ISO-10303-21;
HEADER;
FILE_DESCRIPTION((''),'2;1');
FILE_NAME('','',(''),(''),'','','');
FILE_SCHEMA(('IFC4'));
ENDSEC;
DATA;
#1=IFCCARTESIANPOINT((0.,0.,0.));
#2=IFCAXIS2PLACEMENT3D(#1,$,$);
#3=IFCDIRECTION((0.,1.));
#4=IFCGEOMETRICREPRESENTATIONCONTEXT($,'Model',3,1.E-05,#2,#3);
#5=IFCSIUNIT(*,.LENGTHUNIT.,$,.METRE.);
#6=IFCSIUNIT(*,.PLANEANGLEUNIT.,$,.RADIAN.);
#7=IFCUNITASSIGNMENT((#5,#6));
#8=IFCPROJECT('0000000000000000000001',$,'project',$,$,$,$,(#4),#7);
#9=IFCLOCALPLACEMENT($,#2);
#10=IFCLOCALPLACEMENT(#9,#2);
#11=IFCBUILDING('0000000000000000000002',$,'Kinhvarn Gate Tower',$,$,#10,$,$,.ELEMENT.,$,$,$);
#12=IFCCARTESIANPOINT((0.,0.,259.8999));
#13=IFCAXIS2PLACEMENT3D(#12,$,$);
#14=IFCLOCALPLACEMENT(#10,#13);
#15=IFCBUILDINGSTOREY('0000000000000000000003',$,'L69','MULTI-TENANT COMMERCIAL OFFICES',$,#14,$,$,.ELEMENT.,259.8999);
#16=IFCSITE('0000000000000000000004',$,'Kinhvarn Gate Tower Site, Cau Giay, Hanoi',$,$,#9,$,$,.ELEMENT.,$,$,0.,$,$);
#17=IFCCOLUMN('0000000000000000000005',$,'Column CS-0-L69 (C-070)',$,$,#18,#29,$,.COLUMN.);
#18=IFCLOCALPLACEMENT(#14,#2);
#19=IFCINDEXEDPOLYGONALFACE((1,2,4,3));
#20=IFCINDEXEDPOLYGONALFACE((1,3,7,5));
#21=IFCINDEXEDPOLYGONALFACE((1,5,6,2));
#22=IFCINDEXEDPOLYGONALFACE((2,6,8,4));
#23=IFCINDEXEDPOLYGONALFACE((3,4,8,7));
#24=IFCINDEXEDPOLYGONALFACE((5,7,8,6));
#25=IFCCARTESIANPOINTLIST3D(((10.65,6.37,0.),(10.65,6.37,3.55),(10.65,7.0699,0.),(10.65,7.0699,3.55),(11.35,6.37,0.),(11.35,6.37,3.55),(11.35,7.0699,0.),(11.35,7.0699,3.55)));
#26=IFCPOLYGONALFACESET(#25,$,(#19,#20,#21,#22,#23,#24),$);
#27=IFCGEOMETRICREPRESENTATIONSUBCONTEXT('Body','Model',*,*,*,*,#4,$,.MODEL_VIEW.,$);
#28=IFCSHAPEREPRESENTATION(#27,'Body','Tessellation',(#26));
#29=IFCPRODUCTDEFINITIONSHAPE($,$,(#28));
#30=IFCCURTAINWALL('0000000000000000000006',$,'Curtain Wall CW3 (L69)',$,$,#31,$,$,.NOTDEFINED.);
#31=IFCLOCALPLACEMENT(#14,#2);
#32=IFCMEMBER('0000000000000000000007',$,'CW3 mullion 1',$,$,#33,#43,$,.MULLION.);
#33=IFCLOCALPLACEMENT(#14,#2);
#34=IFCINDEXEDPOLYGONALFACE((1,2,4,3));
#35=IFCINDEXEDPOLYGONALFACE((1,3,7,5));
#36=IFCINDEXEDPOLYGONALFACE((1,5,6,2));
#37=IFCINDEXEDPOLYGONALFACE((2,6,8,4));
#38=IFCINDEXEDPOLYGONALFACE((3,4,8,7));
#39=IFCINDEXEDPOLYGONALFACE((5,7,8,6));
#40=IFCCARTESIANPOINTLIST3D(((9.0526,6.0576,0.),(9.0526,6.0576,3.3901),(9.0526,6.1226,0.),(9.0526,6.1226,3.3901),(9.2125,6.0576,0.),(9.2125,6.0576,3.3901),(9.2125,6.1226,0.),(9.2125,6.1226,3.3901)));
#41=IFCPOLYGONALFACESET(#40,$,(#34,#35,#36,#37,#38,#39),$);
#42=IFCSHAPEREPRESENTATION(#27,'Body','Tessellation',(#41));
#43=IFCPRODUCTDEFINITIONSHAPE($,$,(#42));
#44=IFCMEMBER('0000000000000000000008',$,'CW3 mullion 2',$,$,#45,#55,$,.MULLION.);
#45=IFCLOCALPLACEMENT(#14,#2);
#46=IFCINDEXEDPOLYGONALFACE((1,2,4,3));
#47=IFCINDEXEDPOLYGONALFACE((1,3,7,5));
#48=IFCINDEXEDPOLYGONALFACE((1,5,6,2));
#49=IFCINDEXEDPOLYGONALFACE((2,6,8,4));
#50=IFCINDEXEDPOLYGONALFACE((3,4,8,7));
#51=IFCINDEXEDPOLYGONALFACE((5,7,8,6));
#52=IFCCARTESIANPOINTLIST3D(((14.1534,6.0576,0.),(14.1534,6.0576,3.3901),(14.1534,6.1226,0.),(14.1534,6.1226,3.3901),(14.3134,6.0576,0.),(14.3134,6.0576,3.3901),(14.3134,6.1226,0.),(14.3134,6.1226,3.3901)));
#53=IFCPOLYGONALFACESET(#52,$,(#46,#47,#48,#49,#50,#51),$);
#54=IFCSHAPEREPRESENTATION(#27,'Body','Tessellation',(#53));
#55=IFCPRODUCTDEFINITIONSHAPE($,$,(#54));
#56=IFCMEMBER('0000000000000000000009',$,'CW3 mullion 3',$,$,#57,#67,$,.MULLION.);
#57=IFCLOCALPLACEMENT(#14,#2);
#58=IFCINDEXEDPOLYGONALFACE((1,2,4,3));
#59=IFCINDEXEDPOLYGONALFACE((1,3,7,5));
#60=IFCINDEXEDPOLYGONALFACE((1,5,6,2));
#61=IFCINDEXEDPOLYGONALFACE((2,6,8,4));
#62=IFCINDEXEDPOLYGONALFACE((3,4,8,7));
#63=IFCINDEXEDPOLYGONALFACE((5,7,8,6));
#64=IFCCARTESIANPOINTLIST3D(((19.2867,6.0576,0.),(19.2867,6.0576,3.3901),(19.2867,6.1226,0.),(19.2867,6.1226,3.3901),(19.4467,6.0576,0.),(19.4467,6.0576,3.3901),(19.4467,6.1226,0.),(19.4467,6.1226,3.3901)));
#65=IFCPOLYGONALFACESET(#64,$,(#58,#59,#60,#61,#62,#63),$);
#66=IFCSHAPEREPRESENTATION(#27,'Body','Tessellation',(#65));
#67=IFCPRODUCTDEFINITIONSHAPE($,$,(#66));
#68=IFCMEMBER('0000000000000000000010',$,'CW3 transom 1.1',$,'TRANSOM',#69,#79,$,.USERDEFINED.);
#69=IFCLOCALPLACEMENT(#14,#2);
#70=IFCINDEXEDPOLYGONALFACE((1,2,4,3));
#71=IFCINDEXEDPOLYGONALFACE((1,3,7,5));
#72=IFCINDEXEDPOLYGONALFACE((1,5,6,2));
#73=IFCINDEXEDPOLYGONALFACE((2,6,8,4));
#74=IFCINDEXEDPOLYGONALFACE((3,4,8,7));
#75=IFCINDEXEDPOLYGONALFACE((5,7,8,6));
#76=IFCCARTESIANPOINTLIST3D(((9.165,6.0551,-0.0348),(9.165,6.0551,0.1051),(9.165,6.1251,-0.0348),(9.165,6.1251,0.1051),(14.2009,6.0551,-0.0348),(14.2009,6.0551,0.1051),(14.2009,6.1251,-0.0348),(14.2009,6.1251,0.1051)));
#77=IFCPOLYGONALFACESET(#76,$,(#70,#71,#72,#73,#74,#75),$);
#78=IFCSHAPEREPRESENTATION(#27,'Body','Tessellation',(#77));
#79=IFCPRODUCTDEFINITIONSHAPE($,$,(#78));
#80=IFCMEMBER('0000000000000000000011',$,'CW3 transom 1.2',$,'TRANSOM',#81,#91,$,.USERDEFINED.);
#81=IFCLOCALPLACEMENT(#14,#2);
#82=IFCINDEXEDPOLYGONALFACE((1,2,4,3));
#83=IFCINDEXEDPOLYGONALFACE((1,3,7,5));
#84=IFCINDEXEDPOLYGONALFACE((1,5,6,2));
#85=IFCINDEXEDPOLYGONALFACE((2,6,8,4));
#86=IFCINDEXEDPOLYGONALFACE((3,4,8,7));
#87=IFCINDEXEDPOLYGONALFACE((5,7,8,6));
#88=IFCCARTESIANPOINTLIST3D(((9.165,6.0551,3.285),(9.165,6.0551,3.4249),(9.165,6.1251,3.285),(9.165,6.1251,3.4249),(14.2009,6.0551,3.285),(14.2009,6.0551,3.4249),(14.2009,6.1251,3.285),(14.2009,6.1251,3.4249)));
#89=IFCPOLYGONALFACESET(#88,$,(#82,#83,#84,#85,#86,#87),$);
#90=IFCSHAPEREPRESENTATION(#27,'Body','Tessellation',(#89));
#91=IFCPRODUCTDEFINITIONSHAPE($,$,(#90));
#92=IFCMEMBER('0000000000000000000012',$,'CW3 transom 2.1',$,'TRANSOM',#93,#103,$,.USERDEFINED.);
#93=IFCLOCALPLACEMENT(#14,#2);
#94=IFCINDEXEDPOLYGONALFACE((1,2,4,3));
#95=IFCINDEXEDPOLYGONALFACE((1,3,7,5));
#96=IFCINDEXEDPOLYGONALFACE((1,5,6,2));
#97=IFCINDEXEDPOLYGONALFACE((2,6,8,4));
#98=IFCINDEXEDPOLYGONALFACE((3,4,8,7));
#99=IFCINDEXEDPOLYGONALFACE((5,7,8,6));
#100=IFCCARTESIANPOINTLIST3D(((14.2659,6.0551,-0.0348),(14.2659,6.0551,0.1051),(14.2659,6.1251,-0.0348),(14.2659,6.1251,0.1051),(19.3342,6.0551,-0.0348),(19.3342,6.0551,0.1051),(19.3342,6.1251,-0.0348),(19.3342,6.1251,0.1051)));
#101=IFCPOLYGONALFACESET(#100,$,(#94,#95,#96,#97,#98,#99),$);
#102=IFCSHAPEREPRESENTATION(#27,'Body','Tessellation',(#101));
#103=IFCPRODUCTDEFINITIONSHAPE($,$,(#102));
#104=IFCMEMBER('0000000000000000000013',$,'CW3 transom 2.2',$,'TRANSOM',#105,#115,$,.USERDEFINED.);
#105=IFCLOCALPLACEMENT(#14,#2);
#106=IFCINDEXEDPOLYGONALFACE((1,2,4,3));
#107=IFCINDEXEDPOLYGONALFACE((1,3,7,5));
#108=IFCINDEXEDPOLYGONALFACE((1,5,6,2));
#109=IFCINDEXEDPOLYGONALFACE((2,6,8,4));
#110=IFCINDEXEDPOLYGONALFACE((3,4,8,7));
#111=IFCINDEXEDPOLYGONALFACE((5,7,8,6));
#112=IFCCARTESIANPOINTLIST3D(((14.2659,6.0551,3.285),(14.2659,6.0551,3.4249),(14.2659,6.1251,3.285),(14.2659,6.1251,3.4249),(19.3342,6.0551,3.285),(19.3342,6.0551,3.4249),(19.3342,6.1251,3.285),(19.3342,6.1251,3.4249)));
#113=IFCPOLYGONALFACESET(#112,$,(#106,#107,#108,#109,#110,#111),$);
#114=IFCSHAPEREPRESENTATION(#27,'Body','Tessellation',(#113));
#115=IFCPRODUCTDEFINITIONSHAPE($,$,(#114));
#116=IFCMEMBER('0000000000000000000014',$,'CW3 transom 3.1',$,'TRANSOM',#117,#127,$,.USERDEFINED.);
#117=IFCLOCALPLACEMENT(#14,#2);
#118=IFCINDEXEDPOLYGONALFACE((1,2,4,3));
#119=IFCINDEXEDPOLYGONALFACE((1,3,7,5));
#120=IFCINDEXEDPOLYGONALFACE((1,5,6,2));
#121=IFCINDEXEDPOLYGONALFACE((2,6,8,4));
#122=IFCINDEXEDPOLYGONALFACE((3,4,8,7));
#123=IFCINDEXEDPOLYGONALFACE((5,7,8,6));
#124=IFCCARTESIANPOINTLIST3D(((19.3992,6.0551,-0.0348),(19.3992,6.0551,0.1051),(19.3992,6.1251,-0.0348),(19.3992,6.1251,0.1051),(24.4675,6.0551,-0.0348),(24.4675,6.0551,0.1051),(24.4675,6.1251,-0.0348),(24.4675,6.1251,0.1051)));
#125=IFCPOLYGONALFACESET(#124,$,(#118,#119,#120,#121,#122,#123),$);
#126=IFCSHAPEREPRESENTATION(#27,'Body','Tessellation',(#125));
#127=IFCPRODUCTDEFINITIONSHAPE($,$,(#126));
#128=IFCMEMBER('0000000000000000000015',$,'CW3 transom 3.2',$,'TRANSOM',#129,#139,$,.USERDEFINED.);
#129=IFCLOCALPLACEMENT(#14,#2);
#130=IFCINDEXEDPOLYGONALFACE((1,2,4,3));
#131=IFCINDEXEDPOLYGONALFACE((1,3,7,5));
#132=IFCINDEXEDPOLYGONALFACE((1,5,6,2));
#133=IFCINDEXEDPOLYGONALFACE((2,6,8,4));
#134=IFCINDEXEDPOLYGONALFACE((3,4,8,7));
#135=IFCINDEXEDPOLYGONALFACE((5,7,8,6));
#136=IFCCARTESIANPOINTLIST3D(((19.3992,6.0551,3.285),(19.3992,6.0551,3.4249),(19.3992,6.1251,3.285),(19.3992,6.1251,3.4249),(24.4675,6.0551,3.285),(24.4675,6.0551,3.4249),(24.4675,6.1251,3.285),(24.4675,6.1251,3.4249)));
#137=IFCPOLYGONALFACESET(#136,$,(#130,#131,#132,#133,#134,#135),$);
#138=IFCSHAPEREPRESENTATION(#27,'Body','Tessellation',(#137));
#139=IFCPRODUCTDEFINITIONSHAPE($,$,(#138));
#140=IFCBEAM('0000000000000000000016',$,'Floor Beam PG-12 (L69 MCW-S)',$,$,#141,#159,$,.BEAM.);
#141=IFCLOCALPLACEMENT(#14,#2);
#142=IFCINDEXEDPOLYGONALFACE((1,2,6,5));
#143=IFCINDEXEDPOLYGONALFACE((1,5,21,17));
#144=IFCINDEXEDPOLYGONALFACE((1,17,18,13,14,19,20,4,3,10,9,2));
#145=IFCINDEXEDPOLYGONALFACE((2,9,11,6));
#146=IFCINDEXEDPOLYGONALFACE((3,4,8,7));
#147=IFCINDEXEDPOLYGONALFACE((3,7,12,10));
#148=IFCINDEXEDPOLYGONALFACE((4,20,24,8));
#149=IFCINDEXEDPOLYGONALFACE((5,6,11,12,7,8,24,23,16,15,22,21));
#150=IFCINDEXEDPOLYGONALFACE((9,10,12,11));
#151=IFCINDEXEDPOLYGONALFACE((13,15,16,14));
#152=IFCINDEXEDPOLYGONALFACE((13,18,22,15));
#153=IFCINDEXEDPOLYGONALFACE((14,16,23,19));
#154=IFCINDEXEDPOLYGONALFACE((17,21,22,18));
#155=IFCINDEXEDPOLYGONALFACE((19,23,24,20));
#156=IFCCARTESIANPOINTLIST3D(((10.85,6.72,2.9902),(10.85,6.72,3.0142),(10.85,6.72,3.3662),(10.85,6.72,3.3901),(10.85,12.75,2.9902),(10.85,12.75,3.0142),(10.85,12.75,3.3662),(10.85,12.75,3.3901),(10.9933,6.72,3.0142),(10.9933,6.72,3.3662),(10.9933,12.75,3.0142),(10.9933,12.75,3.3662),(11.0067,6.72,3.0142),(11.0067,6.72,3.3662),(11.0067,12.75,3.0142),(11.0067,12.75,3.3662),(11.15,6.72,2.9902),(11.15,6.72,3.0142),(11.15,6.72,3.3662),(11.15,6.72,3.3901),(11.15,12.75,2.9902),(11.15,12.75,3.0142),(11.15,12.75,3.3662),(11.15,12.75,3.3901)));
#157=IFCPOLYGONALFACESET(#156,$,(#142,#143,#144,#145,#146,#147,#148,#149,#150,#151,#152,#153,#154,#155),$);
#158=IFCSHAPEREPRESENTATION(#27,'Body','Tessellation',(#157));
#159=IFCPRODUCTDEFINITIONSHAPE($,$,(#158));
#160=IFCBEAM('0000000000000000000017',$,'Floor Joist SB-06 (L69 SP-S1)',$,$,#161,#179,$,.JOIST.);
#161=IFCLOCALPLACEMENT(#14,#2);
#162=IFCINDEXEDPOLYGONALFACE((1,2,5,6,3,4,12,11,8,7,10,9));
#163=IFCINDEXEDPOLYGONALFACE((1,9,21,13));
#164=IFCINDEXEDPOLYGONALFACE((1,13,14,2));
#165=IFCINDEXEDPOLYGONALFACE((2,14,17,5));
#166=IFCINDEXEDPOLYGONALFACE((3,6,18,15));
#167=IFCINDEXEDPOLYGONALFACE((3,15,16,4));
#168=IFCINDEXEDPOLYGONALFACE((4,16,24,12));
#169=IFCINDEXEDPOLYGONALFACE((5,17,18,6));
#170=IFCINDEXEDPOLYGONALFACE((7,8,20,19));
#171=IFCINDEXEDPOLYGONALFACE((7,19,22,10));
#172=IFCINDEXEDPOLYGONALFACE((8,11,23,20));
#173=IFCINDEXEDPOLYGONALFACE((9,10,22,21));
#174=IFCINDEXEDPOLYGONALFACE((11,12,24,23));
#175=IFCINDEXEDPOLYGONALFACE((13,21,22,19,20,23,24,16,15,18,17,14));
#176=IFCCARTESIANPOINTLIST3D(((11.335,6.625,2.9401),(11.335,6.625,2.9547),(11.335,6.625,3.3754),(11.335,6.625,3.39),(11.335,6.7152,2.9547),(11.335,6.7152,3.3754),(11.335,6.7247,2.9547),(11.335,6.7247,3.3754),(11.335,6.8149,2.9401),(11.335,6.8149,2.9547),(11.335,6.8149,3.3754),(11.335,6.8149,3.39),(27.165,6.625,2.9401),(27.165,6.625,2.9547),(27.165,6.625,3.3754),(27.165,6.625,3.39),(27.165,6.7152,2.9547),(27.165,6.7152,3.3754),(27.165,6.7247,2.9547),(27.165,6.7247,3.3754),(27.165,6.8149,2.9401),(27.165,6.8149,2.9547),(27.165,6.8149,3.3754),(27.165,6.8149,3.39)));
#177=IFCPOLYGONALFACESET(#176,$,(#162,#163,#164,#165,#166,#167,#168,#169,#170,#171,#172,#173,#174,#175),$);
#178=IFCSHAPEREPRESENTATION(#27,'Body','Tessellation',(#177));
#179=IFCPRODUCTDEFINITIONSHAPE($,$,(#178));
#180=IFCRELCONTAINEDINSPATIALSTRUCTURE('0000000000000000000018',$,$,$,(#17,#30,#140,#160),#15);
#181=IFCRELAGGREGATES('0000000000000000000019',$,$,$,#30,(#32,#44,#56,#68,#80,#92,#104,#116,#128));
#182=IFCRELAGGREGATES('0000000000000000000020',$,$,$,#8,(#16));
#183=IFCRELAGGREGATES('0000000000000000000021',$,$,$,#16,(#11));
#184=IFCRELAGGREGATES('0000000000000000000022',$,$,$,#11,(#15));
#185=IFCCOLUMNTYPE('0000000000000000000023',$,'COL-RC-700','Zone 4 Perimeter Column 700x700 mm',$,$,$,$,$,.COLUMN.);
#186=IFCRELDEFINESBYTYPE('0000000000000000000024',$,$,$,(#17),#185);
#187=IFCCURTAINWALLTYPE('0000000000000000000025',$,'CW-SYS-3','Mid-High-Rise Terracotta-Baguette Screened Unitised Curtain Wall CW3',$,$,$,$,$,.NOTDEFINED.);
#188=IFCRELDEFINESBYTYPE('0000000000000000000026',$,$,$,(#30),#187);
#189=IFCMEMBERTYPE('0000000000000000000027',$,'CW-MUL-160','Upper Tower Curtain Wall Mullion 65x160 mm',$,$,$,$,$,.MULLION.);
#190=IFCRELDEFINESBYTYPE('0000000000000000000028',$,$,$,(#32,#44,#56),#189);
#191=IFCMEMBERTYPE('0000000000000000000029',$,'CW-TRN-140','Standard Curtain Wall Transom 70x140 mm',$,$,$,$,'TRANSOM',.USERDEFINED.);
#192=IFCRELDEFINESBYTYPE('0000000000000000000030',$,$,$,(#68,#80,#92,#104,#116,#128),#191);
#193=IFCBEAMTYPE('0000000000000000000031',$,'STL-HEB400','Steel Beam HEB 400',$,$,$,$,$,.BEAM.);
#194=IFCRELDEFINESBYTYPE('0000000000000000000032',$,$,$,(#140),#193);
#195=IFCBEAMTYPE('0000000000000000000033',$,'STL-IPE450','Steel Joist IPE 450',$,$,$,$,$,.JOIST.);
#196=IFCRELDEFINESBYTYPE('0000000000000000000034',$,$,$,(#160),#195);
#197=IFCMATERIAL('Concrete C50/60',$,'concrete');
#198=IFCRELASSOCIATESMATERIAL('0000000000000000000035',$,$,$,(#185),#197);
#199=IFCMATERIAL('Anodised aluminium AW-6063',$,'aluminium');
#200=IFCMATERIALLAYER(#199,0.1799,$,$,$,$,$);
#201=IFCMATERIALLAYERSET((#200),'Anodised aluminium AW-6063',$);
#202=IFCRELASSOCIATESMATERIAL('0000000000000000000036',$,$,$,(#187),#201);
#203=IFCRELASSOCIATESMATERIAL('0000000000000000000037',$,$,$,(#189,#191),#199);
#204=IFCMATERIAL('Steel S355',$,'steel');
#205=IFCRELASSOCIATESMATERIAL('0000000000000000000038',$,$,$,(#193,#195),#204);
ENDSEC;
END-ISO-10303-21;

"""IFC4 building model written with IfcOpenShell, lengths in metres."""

from ifc_helpers import new_model, si_unit, direction, frame, origin, origin_2d, place, context, subcontext, project, spatial, rectangle, i_section, extrude, material, layer, layer_set, material_profile, profile_set, type_object, element, aggregate, save


model = new_model("IFC4")

# Units and contexts
model_context = context("Model", 3, precision=1e-05, world=origin(), true_north=direction((0.0, 1.0)))
body_context = subcontext(model_context, "Body", "Model", "MODEL_VIEW")
ifc_project = project(units=[si_unit("LENGTHUNIT", "METRE"), si_unit("PLANEANGLEUNIT", "RADIAN")], contexts=[model_context])

# Site, building, storey
site_placement = place(None, origin())
site = spatial("IfcSite", under=ifc_project, at=site_placement, Name="Kinhvarn Gate Tower Site, Cau Giay, Hanoi", CompositionType="ELEMENT", RefElevation=0.0)
building_placement = place(site_placement, origin())
building = spatial("IfcBuilding", under=site, at=building_placement, Name="Kinhvarn Gate Tower", CompositionType="ELEMENT")
storey_placement = place(building_placement, frame((0.0, 0.0, 259.8999)))
storey = spatial("IfcBuildingStorey", under=building, at=storey_placement, Name="L69", Description="MULTI-TENANT COMMERCIAL OFFICES", CompositionType="ELEMENT", Elevation=259.8999)

# Column
ifc_material_1 = material(Name="Concrete C50/60", Category="concrete")
ifc_material_profile_1 = material_profile(ifc_material_1, rectangle(XDim=0.7, YDim=0.7, at=origin_2d()), Name="RC 700x700")
ifc_profile_set_1 = profile_set([ifc_material_profile_1], Name="Concrete C50/60")
column_type = type_object("IfcColumnType", Name="COL-RC-700", Description="Zone 4 Perimeter Column 700x700 mm", PredefinedType="COLUMN", material=ifc_profile_set_1)
column_placement = place(storey_placement, frame((11.0, 6.72, 0.0), z_axis=(0.0, 0.0, 1.0), x_axis=(1.0, 0.0, 0.0)))
element("IfcColumn", 1, at=column_placement, inside=storey, type_object=column_type, Name="Column CS-0-L69 (C-070)", PredefinedType="COLUMN", context=body_context, shape_type="SweptSolid", body=[
    extrude(rectangle(XDim=0.7, YDim=0.7, at=origin_2d()), origin(), (0.0, 0.0, 1.0), 3.55),
])

# Curtain wall, members
ifc_material_2 = material(Name="Anodised aluminium AW-6063", Category="aluminium")
ifc_layer_1 = layer(ifc_material_2, 0.1799)
ifc_layer_set_1 = layer_set([ifc_layer_1], Name="Anodised aluminium AW-6063")
curtain_wall_type = type_object("IfcCurtainWallType", Name="CW-SYS-3", Description="Mid-High-Rise Terracotta-Baguette Screened Unitised Curtain Wall CW3", PredefinedType="NOTDEFINED", material=ifc_layer_set_1)
curtain_wall_placement = place(storey_placement, origin())
curtain_wall = element("IfcCurtainWall", 2, at=curtain_wall_placement, inside=storey, type_object=curtain_wall_type, Name="Curtain Wall CW3 (L69)", PredefinedType="NOTDEFINED")
ifc_material_profile_2 = material_profile(ifc_material_2, rectangle(XDim=0.0649, YDim=0.1599, at=origin_2d()), Name="ALU 65x160")
ifc_profile_set_2 = profile_set([ifc_material_profile_2], Name="Anodised aluminium AW-6063")
member_type_1 = type_object("IfcMemberType", Name="CW-MUL-160", Description="Upper Tower Curtain Wall Mullion 65x160 mm", PredefinedType="MULLION", material=ifc_profile_set_2)
member_1_placement = place(storey_placement, frame((9.1326, 6.0901, 0.0), z_axis=(0.0, 0.0, 1.0), x_axis=(0.0, 1.0, 0.0)))
member_1 = element("IfcMember", 3, at=member_1_placement, type_object=member_type_1, Name="CW3 mullion 1", PredefinedType="MULLION", context=body_context, shape_type="SweptSolid", body=[
    extrude(rectangle(XDim=0.0649, YDim=0.1599, at=origin_2d()), origin(), (0.0, 0.0, 1.0), 3.3901),
])
member_2_placement = place(storey_placement, frame((14.2334, 6.0901, 0.0), z_axis=(0.0, 0.0, 1.0), x_axis=(0.0, 1.0, 0.0)))
member_2 = element("IfcMember", 4, at=member_2_placement, type_object=member_type_1, Name="CW3 mullion 2", PredefinedType="MULLION", context=body_context, shape_type="SweptSolid", body=[
    extrude(rectangle(XDim=0.0649, YDim=0.1599, at=origin_2d()), origin(), (0.0, 0.0, 1.0), 3.3901),
])
member_3_placement = place(storey_placement, frame((19.3667, 6.0901, 0.0), z_axis=(0.0, 0.0, 1.0), x_axis=(0.0, 1.0, 0.0)))
member_3 = element("IfcMember", 5, at=member_3_placement, type_object=member_type_1, Name="CW3 mullion 3", PredefinedType="MULLION", context=body_context, shape_type="SweptSolid", body=[
    extrude(rectangle(XDim=0.0649, YDim=0.1599, at=origin_2d()), origin(), (0.0, 0.0, 1.0), 3.3901),
])
ifc_material_profile_3 = material_profile(ifc_material_2, rectangle(XDim=0.0701, YDim=0.1399, at=origin_2d()), Name="ALU 70x140")
ifc_profile_set_3 = profile_set([ifc_material_profile_3], Name="Anodised aluminium AW-6063")
member_type_2 = type_object("IfcMemberType", Name="CW-TRN-140", Description="Standard Curtain Wall Transom 70x140 mm", ElementType="TRANSOM", PredefinedType="USERDEFINED", material=ifc_profile_set_3)
member_4_placement = place(storey_placement, frame((9.165, 6.0901, 0.0352), z_axis=(1.0, 0.0, 0.0), x_axis=(0.0, 1.0, 0.0)))
member_4 = element("IfcMember", 6, at=member_4_placement, type_object=member_type_2, Name="CW3 transom 1.1", ObjectType="TRANSOM", PredefinedType="USERDEFINED", context=body_context, shape_type="SweptSolid", body=[
    extrude(rectangle(XDim=0.0701, YDim=0.1399, at=origin_2d()), origin(), (0.0, 0.0, 1.0), 5.0359),
])
member_5_placement = place(storey_placement, frame((9.165, 6.0901, 3.355), z_axis=(1.0, 0.0, 0.0), x_axis=(0.0, 1.0, 0.0)))
member_5 = element("IfcMember", 7, at=member_5_placement, type_object=member_type_2, Name="CW3 transom 1.2", ObjectType="TRANSOM", PredefinedType="USERDEFINED", context=body_context, shape_type="SweptSolid", body=[
    extrude(rectangle(XDim=0.0701, YDim=0.1399, at=origin_2d()), origin(), (0.0, 0.0, 1.0), 5.0359),
])
member_6_placement = place(storey_placement, frame((14.2659, 6.0901, 0.0352), z_axis=(1.0, 0.0, 0.0), x_axis=(0.0, 1.0, 0.0)))
member_6 = element("IfcMember", 8, at=member_6_placement, type_object=member_type_2, Name="CW3 transom 2.1", ObjectType="TRANSOM", PredefinedType="USERDEFINED", context=body_context, shape_type="SweptSolid", body=[
    extrude(rectangle(XDim=0.0701, YDim=0.1399, at=origin_2d()), origin(), (0.0, 0.0, 1.0), 5.0684),
])
member_7_placement = place(storey_placement, frame((14.2659, 6.0901, 3.355), z_axis=(1.0, 0.0, 0.0), x_axis=(0.0, 1.0, 0.0)))
member_7 = element("IfcMember", 9, at=member_7_placement, type_object=member_type_2, Name="CW3 transom 2.2", ObjectType="TRANSOM", PredefinedType="USERDEFINED", context=body_context, shape_type="SweptSolid", body=[
    extrude(rectangle(XDim=0.0701, YDim=0.1399, at=origin_2d()), origin(), (0.0, 0.0, 1.0), 5.0684),
])
member_8_placement = place(storey_placement, frame((19.3992, 6.0901, 0.0352), z_axis=(1.0, 0.0, 0.0), x_axis=(0.0, 1.0, 0.0)))
member_8 = element("IfcMember", 10, at=member_8_placement, type_object=member_type_2, Name="CW3 transom 3.1", ObjectType="TRANSOM", PredefinedType="USERDEFINED", context=body_context, shape_type="SweptSolid", body=[
    extrude(rectangle(XDim=0.0701, YDim=0.1399, at=origin_2d()), origin(), (0.0, 0.0, 1.0), 5.0684),
])
member_9_placement = place(storey_placement, frame((19.3992, 6.0901, 3.355), z_axis=(1.0, 0.0, 0.0), x_axis=(0.0, 1.0, 0.0)))
member_9 = element("IfcMember", 11, at=member_9_placement, type_object=member_type_2, Name="CW3 transom 3.2", ObjectType="TRANSOM", PredefinedType="USERDEFINED", context=body_context, shape_type="SweptSolid", body=[
    extrude(rectangle(XDim=0.0701, YDim=0.1399, at=origin_2d()), origin(), (0.0, 0.0, 1.0), 5.0684),
])

# Beams
ifc_material_3 = material(Name="Steel S355", Category="steel")
ifc_material_profile_4 = material_profile(ifc_material_3, i_section(OverallWidth=0.3, OverallDepth=0.3999, WebThickness=0.0134, FlangeThickness=0.0239, at=origin_2d()), Name="HEB 400")
ifc_profile_set_4 = profile_set([ifc_material_profile_4], Name="Steel S355")
beam_type_1 = type_object("IfcBeamType", Name="STL-HEB400", Description="Steel Beam HEB 400", PredefinedType="BEAM", material=ifc_profile_set_4)
beam_1_placement = place(storey_placement, frame((11.0, 6.72, 3.1902), z_axis=(0.0, 1.0, 0.0), x_axis=(-1.0, 0.0, 0.0)))
element("IfcBeam", 12, at=beam_1_placement, inside=storey, type_object=beam_type_1, Name="Floor Beam PG-12 (L69 MCW-S)", PredefinedType="BEAM", context=body_context, shape_type="SweptSolid", body=[
    extrude(i_section(OverallWidth=0.3, OverallDepth=0.3999, WebThickness=0.0134, FlangeThickness=0.0239, at=origin_2d()), origin(), (0.0, 0.0, 1.0), 6.03),
])
ifc_material_profile_5 = material_profile(ifc_material_3, i_section(OverallWidth=0.1899, OverallDepth=0.45, WebThickness=0.0095, FlangeThickness=0.0146, at=origin_2d()), Name="IPE 450")
ifc_profile_set_5 = profile_set([ifc_material_profile_5], Name="Steel S355")
beam_type_2 = type_object("IfcBeamType", Name="STL-IPE450", Description="Steel Joist IPE 450", PredefinedType="JOIST", material=ifc_profile_set_5)
beam_2_placement = place(storey_placement, frame((11.335, 6.72, 3.165), z_axis=(1.0, 0.0, 0.0), x_axis=(0.0, 1.0, 0.0)))
element("IfcBeam", 13, at=beam_2_placement, inside=storey, type_object=beam_type_2, Name="Floor Joist SB-06 (L69 SP-S1)", PredefinedType="JOIST", context=body_context, shape_type="SweptSolid", body=[
    extrude(i_section(OverallWidth=0.1899, OverallDepth=0.45, WebThickness=0.0095, FlangeThickness=0.0146, at=origin_2d()), origin(), (0.0, 0.0, 1.0), 15.8301),
])

aggregate(curtain_wall, [member_1, member_2, member_3, member_4, member_5, member_6, member_7, member_8, member_9])

save(model, "model.ifc")
